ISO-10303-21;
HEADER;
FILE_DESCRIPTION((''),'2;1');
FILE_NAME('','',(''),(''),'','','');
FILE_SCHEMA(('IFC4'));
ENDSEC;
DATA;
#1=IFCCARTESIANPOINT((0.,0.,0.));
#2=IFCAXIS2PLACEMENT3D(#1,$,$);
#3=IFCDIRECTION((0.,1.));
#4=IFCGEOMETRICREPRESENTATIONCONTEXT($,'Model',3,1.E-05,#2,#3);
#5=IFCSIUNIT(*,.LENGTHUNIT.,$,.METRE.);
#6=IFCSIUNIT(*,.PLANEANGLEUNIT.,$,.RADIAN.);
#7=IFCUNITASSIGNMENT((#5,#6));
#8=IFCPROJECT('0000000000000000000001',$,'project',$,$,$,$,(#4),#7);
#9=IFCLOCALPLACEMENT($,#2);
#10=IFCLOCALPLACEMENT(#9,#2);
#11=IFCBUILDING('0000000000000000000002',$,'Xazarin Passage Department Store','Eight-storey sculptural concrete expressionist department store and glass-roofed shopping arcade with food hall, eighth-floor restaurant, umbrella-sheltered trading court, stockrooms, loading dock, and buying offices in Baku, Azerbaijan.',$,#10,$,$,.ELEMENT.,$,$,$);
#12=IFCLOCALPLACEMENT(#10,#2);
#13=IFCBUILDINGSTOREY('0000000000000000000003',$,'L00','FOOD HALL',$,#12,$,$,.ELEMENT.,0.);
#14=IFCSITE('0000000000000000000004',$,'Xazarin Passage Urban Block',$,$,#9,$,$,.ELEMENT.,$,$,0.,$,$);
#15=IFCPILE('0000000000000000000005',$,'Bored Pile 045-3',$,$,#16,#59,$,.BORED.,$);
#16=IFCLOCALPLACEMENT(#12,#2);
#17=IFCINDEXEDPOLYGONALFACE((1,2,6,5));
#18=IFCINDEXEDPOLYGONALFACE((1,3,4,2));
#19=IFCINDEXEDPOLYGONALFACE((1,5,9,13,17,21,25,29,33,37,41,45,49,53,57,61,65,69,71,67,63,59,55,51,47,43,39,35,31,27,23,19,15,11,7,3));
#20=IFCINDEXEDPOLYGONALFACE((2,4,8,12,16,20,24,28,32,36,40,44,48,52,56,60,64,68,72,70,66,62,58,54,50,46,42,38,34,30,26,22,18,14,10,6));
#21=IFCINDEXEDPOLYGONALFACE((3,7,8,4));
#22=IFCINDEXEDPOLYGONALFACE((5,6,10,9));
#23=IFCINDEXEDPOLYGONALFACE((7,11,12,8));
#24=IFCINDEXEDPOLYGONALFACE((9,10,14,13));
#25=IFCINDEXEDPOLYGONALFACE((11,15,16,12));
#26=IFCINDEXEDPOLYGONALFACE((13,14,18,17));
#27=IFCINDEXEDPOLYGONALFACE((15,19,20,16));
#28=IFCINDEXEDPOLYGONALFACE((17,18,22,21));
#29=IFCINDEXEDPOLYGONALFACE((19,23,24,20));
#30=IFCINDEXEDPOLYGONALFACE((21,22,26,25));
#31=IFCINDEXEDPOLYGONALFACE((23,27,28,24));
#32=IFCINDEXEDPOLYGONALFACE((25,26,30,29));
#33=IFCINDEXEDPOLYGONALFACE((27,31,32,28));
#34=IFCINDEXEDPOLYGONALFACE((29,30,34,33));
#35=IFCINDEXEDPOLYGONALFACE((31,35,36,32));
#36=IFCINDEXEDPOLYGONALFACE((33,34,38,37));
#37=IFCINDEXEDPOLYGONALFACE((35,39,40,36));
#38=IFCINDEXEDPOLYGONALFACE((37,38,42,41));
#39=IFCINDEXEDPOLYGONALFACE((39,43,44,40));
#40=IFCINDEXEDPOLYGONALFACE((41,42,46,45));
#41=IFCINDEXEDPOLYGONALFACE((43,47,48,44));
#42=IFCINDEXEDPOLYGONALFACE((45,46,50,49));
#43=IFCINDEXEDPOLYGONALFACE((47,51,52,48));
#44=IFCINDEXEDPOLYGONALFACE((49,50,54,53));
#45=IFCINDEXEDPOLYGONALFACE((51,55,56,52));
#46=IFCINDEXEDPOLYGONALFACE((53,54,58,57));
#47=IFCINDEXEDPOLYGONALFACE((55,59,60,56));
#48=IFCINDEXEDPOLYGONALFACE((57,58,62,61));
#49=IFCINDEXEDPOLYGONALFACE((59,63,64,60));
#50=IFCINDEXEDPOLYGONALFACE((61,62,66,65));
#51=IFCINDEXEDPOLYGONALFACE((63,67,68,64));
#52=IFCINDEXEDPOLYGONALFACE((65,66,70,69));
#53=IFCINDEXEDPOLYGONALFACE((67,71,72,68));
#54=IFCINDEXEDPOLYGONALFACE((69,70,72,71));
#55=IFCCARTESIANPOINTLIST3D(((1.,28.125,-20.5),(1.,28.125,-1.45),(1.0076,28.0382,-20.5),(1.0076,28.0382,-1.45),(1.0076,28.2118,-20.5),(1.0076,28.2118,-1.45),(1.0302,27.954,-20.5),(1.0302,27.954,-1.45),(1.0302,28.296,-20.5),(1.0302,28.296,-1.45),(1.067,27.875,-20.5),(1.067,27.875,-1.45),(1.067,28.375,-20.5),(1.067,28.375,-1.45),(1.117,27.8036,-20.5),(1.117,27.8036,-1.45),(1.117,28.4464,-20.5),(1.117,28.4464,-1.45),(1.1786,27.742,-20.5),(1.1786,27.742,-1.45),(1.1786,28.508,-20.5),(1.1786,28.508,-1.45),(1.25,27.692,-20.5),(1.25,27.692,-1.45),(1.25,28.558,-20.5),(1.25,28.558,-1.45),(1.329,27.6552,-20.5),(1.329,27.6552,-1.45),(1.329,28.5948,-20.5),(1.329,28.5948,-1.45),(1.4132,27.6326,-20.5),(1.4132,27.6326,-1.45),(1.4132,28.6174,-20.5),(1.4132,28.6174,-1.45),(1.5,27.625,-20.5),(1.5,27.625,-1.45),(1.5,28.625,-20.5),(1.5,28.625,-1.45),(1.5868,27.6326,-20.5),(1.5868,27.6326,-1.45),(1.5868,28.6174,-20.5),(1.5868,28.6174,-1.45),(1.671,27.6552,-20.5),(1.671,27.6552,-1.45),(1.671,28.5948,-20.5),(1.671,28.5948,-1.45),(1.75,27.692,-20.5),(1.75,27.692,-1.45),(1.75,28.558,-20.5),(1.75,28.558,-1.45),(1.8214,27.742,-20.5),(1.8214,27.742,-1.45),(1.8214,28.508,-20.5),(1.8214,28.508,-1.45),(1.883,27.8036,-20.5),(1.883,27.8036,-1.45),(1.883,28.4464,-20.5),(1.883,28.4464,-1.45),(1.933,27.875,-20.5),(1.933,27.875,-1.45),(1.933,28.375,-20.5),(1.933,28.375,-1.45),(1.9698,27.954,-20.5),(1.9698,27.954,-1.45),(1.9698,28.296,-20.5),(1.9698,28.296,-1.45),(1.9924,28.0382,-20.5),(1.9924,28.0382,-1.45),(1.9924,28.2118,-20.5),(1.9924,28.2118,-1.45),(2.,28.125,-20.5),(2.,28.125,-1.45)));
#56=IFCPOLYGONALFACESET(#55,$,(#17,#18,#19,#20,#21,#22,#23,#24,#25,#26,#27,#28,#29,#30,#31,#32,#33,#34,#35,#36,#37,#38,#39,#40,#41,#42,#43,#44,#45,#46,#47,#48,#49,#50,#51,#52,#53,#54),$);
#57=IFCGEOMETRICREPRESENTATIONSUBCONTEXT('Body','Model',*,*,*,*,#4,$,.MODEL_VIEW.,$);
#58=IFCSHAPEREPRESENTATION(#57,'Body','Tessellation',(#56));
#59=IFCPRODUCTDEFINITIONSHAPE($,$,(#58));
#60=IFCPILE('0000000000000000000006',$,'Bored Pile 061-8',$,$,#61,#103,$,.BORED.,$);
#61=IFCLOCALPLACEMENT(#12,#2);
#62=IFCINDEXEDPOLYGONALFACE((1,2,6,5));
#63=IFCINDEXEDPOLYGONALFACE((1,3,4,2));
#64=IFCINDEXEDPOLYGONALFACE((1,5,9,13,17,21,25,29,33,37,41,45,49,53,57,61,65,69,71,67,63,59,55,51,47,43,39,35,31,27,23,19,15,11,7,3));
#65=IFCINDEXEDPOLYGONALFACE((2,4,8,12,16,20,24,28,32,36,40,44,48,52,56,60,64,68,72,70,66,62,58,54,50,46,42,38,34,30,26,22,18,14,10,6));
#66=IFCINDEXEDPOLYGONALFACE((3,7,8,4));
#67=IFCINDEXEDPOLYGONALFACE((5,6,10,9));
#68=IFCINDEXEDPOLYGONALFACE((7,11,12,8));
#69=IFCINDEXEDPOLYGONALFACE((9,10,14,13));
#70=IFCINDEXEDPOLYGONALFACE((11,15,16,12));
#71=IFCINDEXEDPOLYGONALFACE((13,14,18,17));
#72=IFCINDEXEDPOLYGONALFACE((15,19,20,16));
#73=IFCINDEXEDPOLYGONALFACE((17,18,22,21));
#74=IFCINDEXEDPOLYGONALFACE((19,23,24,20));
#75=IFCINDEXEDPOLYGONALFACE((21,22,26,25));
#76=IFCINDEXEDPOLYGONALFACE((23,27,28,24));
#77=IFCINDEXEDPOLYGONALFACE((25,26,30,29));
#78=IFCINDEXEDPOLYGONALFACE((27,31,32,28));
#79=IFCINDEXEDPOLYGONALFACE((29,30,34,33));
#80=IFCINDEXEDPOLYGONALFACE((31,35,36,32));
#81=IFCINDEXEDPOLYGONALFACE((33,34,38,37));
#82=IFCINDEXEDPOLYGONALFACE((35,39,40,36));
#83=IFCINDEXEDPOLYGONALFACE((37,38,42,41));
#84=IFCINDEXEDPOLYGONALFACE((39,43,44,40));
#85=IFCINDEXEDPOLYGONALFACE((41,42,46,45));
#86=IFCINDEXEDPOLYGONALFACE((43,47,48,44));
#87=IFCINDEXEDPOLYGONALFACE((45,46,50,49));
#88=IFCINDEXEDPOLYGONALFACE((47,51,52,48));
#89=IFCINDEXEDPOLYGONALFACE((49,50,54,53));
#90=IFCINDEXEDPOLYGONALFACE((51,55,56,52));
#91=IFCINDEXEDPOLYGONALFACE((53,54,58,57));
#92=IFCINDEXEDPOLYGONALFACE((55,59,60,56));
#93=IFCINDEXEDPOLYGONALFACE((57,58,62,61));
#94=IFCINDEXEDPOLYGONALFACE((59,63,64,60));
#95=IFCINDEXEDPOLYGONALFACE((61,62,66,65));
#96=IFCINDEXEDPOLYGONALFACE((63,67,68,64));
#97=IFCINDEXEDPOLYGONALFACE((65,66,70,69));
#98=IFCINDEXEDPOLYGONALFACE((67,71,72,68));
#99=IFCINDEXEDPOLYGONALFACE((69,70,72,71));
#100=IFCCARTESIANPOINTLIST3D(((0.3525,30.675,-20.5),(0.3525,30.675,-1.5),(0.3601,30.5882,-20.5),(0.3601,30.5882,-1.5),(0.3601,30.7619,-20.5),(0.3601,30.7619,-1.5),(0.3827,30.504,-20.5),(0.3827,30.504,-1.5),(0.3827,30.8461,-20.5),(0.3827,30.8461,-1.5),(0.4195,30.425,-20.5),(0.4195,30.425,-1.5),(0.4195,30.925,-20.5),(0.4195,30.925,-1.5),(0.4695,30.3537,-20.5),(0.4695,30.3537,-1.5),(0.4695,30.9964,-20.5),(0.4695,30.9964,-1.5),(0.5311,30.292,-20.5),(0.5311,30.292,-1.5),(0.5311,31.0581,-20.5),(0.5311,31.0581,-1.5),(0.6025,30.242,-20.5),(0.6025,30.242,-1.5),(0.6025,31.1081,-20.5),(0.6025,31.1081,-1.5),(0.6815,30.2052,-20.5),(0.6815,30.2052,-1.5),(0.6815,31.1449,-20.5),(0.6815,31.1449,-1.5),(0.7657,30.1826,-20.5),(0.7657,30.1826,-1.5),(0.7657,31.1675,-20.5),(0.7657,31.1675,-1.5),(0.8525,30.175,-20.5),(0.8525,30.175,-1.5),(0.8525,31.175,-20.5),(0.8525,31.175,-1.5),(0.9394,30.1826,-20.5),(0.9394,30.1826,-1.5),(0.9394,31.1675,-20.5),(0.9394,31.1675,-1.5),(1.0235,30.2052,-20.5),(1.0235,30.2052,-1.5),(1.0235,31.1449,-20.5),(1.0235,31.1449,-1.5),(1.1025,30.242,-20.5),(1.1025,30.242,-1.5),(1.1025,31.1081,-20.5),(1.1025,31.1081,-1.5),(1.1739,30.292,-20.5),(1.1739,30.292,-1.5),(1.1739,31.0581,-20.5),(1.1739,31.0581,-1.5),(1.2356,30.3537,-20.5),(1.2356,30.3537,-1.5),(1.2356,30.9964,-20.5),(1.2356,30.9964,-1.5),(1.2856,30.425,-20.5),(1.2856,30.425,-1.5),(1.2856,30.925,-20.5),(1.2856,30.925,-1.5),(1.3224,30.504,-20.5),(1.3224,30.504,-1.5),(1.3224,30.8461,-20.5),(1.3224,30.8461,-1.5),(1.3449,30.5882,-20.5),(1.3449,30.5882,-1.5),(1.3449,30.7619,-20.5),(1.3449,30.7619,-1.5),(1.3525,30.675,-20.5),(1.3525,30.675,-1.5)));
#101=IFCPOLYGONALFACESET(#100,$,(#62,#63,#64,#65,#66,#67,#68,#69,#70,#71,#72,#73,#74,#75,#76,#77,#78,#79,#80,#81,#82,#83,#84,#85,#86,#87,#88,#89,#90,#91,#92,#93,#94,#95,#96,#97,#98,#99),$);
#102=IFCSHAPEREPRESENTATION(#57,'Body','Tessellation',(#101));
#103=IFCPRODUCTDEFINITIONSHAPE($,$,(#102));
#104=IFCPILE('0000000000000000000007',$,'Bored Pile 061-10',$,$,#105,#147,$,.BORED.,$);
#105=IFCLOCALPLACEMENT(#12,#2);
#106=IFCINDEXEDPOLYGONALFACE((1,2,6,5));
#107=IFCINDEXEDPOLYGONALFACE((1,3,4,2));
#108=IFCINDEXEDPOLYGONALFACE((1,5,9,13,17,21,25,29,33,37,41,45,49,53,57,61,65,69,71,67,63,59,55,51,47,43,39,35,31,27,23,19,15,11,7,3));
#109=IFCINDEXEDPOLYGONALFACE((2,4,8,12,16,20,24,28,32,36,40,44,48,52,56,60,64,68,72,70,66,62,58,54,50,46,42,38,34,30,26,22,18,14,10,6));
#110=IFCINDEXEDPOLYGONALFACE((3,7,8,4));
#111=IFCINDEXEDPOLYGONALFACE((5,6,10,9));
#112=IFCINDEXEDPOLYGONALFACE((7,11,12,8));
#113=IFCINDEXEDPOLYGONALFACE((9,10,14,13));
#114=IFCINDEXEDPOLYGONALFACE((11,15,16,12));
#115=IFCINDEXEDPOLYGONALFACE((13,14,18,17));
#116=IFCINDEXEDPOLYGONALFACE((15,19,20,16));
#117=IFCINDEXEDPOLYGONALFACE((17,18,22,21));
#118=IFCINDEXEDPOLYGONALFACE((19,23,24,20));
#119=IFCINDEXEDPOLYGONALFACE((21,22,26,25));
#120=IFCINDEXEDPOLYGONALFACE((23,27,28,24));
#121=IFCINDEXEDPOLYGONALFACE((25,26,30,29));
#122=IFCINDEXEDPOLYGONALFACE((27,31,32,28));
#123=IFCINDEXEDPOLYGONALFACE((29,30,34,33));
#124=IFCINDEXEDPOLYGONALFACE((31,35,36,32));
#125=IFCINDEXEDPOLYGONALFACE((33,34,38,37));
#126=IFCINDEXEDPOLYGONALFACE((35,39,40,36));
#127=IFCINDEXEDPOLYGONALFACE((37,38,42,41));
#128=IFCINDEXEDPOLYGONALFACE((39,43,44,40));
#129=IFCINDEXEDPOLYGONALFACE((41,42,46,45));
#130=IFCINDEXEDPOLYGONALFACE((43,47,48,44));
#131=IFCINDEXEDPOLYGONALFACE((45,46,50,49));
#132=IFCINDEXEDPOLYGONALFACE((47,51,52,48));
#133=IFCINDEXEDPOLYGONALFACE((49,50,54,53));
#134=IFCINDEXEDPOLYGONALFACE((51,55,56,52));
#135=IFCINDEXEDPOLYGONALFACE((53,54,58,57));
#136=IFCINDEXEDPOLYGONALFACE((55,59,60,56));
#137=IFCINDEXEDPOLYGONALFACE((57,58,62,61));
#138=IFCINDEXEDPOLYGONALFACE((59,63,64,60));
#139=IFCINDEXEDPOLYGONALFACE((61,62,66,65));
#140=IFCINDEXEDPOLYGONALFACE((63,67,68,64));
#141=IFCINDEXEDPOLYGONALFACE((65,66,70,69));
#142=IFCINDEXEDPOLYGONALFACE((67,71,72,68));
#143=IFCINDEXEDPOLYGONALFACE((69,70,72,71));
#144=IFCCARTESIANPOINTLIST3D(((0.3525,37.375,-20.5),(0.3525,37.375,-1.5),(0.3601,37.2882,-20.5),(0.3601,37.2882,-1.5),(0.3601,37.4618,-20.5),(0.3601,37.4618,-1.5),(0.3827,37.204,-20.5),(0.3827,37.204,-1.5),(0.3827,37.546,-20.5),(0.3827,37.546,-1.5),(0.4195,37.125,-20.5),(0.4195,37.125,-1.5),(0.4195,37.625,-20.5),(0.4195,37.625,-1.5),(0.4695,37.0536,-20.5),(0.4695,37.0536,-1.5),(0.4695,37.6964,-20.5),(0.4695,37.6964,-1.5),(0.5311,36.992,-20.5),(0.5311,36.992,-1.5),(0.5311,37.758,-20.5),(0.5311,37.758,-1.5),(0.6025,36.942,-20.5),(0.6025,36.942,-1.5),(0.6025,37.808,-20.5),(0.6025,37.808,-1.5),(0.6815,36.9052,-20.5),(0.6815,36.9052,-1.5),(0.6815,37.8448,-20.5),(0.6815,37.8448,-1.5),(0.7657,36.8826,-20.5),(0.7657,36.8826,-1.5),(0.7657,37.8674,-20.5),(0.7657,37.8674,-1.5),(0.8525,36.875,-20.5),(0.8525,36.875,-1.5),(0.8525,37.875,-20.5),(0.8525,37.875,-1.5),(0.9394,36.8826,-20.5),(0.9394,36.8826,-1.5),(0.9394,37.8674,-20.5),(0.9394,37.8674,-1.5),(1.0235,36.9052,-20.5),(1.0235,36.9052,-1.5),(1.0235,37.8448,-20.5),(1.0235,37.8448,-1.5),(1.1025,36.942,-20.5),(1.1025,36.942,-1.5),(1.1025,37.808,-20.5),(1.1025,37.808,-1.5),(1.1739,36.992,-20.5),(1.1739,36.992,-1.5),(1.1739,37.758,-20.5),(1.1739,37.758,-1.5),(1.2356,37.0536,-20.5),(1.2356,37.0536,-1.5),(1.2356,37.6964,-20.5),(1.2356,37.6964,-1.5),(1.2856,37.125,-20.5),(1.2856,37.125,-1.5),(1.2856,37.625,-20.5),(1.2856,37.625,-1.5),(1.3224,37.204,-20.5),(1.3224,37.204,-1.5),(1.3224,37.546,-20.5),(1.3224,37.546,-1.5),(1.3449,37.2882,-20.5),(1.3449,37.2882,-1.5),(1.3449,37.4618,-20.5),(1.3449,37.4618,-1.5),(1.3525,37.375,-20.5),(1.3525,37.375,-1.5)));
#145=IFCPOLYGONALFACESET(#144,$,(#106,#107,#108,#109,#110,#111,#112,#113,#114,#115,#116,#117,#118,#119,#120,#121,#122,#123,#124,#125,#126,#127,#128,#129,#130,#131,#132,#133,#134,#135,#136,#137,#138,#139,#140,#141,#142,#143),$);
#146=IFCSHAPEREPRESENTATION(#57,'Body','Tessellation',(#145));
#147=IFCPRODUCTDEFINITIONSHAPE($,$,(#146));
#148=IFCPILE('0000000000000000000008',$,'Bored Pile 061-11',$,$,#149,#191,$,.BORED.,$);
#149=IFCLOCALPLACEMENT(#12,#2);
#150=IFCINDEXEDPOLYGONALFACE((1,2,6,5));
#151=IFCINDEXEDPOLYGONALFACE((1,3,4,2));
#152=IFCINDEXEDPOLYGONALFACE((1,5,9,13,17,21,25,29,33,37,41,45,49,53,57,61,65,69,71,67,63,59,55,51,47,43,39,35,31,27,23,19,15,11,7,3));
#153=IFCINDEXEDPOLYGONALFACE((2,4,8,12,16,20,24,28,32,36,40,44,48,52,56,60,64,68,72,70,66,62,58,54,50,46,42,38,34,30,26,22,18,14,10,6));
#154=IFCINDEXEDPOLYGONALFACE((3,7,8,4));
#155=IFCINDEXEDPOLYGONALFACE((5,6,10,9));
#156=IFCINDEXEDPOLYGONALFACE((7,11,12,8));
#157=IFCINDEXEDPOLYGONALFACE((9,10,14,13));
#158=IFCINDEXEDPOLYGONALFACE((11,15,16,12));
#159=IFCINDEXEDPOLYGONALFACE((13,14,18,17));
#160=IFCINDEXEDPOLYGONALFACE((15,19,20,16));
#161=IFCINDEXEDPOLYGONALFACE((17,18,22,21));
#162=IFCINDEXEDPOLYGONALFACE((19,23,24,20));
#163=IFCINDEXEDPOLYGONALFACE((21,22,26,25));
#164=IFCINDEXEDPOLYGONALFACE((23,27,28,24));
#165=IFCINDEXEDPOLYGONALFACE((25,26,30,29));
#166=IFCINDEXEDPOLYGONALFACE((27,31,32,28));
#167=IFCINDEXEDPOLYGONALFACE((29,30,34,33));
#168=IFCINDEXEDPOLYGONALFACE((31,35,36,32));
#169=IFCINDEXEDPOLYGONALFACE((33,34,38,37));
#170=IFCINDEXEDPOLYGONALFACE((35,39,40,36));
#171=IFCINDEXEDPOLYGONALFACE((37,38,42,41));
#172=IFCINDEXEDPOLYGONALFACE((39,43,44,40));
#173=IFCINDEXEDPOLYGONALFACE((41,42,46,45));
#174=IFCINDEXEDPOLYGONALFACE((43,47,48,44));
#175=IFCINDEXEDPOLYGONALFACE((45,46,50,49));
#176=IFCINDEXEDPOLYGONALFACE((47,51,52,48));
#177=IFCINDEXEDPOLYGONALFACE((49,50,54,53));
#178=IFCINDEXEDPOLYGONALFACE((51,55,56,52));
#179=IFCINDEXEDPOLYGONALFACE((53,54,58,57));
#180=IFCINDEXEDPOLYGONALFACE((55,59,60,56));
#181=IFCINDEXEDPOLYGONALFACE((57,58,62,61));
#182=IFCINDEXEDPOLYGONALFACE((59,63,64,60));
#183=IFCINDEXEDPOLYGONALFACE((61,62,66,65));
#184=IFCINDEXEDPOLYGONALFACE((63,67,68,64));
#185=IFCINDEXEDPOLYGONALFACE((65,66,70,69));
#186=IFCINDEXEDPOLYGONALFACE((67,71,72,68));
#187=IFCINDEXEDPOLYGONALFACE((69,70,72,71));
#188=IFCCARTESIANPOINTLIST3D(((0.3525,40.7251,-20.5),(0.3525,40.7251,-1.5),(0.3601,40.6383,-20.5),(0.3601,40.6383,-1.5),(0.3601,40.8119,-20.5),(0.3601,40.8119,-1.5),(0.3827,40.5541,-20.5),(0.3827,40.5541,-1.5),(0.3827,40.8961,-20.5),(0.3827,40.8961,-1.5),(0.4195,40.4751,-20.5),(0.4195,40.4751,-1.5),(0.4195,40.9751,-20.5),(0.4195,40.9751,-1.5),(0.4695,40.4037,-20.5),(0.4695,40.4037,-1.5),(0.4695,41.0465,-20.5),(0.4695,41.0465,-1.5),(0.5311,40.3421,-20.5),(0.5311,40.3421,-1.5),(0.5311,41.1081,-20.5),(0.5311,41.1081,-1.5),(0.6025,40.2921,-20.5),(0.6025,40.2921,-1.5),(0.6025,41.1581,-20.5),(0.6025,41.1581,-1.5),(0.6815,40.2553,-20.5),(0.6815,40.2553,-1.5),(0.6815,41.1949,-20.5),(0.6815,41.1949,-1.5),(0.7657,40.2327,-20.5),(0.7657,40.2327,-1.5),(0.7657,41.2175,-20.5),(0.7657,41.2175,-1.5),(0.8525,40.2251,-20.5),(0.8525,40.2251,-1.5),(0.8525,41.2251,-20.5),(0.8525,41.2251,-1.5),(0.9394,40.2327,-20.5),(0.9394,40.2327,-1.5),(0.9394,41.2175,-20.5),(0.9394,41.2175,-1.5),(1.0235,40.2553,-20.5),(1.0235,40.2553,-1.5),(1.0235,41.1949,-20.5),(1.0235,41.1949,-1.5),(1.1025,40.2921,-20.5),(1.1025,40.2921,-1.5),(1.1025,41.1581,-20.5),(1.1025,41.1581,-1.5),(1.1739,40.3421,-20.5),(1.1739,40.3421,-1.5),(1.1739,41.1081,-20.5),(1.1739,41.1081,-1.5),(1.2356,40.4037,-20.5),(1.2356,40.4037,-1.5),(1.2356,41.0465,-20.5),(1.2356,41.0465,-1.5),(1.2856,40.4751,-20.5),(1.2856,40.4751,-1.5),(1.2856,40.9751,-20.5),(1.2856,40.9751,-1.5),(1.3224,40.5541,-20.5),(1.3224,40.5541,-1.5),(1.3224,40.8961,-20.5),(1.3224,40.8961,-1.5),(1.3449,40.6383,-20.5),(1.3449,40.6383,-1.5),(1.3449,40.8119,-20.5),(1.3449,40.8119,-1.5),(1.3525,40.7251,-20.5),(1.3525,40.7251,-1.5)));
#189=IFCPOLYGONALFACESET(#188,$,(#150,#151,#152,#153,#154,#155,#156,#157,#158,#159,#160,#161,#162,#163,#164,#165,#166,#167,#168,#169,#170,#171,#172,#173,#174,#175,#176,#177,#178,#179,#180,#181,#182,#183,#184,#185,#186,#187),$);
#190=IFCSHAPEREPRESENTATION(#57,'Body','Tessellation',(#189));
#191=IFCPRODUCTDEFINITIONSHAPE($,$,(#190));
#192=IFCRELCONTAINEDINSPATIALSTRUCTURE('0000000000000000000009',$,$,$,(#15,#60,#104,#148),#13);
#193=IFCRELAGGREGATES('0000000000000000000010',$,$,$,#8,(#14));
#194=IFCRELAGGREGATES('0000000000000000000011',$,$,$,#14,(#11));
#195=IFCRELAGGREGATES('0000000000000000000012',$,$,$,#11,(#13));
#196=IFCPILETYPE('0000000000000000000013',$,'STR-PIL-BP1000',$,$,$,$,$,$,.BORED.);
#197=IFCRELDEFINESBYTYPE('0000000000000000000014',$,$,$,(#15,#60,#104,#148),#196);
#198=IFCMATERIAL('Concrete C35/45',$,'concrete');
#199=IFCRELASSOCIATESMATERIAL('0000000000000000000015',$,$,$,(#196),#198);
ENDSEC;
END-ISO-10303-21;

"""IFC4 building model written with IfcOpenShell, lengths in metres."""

from ifc_helpers import new_model, si_unit, direction, frame, origin, origin_2d, place, context, subcontext, project, spatial, circle, extrude, material, material_profile, profile_set, type_object, element, save


model = new_model("IFC4")

# Units and contexts
model_context = context("Model", 3, precision=1e-05, world=origin(), true_north=direction((0.0, 1.0)))
body_context = subcontext(model_context, "Body", "Model", "MODEL_VIEW")
ifc_project = project(units=[si_unit("LENGTHUNIT", "METRE"), si_unit("PLANEANGLEUNIT", "RADIAN")], contexts=[model_context])

# Site, building, storey
site_placement = place(None, origin())
site = spatial("IfcSite", under=ifc_project, at=site_placement, Name="Xazarin Passage Urban Block", CompositionType="ELEMENT", RefElevation=0.0)
building_placement = place(site_placement, origin())
building = spatial("IfcBuilding", under=site, at=building_placement, Name="Xazarin Passage Department Store", Description="Eight-storey sculptural concrete expressionist department store and glass-roofed shopping arcade with food hall, eighth-floor restaurant, umbrella-sheltered trading court, stockrooms, loading dock, and buying offices in Baku, Azerbaijan.", CompositionType="ELEMENT")
storey_placement = place(building_placement, origin())
storey = spatial("IfcBuildingStorey", under=building, at=storey_placement, Name="L00", Description="FOOD HALL", CompositionType="ELEMENT", Elevation=0.0)

# Piles
ifc_material_1 = material(Name="Concrete C35/45", Category="concrete")
ifc_material_profile_1 = material_profile(ifc_material_1, circle(Radius=0.5, at=origin_2d()), Name="BP 1000")
ifc_profile_set_1 = profile_set([ifc_material_profile_1], Name="Concrete C35/45")
pile_type_1 = type_object("IfcPileType", Name="STR-PIL-BP1000", PredefinedType="BORED", material=ifc_profile_set_1)
pile_placement = place(storey_placement, frame((1.5, 28.125, -1.45), z_axis=(0.0, 0.0, -1.0), x_axis=(1.0, 0.0, 0.0)))
element("IfcPile", 1, at=pile_placement, inside=storey, type_object=pile_type_1, Name="Bored Pile 045-3", PredefinedType="BORED", context=body_context, shape_type="SweptSolid", body=[
    extrude(circle(Radius=0.5, at=origin_2d()), origin(), (0.0, 0.0, 1.0), 19.05),
])
for number, where, z_axis, x_axis, name in (
    (2, (0.8525, 30.675, -1.5), (0.0, 0.0, -1.0), (1.0, 0.0, 0.0), "Bored Pile 061-8"),
    (3, (0.8525, 37.375, -1.5), (0.0, 0.0, -1.0), (1.0, 0.0, 0.0), "Bored Pile 061-10"),
    (4, (0.8525, 40.7251, -1.5), (0.0, 0.0, -1.0), (1.0, 0.0, 0.0), "Bored Pile 061-11"),
):
    element("IfcPile", number, at=place(storey_placement, frame(where, z_axis=z_axis, x_axis=x_axis)), inside=storey, type_object=pile_type_1, Name=name, PredefinedType="BORED", context=body_context, shape_type="SweptSolid", body=[
        extrude(circle(Radius=0.5, at=origin_2d()), origin(), (0.0, 0.0, 1.0), 19.0),
    ])

save(model, "model.ifc")
